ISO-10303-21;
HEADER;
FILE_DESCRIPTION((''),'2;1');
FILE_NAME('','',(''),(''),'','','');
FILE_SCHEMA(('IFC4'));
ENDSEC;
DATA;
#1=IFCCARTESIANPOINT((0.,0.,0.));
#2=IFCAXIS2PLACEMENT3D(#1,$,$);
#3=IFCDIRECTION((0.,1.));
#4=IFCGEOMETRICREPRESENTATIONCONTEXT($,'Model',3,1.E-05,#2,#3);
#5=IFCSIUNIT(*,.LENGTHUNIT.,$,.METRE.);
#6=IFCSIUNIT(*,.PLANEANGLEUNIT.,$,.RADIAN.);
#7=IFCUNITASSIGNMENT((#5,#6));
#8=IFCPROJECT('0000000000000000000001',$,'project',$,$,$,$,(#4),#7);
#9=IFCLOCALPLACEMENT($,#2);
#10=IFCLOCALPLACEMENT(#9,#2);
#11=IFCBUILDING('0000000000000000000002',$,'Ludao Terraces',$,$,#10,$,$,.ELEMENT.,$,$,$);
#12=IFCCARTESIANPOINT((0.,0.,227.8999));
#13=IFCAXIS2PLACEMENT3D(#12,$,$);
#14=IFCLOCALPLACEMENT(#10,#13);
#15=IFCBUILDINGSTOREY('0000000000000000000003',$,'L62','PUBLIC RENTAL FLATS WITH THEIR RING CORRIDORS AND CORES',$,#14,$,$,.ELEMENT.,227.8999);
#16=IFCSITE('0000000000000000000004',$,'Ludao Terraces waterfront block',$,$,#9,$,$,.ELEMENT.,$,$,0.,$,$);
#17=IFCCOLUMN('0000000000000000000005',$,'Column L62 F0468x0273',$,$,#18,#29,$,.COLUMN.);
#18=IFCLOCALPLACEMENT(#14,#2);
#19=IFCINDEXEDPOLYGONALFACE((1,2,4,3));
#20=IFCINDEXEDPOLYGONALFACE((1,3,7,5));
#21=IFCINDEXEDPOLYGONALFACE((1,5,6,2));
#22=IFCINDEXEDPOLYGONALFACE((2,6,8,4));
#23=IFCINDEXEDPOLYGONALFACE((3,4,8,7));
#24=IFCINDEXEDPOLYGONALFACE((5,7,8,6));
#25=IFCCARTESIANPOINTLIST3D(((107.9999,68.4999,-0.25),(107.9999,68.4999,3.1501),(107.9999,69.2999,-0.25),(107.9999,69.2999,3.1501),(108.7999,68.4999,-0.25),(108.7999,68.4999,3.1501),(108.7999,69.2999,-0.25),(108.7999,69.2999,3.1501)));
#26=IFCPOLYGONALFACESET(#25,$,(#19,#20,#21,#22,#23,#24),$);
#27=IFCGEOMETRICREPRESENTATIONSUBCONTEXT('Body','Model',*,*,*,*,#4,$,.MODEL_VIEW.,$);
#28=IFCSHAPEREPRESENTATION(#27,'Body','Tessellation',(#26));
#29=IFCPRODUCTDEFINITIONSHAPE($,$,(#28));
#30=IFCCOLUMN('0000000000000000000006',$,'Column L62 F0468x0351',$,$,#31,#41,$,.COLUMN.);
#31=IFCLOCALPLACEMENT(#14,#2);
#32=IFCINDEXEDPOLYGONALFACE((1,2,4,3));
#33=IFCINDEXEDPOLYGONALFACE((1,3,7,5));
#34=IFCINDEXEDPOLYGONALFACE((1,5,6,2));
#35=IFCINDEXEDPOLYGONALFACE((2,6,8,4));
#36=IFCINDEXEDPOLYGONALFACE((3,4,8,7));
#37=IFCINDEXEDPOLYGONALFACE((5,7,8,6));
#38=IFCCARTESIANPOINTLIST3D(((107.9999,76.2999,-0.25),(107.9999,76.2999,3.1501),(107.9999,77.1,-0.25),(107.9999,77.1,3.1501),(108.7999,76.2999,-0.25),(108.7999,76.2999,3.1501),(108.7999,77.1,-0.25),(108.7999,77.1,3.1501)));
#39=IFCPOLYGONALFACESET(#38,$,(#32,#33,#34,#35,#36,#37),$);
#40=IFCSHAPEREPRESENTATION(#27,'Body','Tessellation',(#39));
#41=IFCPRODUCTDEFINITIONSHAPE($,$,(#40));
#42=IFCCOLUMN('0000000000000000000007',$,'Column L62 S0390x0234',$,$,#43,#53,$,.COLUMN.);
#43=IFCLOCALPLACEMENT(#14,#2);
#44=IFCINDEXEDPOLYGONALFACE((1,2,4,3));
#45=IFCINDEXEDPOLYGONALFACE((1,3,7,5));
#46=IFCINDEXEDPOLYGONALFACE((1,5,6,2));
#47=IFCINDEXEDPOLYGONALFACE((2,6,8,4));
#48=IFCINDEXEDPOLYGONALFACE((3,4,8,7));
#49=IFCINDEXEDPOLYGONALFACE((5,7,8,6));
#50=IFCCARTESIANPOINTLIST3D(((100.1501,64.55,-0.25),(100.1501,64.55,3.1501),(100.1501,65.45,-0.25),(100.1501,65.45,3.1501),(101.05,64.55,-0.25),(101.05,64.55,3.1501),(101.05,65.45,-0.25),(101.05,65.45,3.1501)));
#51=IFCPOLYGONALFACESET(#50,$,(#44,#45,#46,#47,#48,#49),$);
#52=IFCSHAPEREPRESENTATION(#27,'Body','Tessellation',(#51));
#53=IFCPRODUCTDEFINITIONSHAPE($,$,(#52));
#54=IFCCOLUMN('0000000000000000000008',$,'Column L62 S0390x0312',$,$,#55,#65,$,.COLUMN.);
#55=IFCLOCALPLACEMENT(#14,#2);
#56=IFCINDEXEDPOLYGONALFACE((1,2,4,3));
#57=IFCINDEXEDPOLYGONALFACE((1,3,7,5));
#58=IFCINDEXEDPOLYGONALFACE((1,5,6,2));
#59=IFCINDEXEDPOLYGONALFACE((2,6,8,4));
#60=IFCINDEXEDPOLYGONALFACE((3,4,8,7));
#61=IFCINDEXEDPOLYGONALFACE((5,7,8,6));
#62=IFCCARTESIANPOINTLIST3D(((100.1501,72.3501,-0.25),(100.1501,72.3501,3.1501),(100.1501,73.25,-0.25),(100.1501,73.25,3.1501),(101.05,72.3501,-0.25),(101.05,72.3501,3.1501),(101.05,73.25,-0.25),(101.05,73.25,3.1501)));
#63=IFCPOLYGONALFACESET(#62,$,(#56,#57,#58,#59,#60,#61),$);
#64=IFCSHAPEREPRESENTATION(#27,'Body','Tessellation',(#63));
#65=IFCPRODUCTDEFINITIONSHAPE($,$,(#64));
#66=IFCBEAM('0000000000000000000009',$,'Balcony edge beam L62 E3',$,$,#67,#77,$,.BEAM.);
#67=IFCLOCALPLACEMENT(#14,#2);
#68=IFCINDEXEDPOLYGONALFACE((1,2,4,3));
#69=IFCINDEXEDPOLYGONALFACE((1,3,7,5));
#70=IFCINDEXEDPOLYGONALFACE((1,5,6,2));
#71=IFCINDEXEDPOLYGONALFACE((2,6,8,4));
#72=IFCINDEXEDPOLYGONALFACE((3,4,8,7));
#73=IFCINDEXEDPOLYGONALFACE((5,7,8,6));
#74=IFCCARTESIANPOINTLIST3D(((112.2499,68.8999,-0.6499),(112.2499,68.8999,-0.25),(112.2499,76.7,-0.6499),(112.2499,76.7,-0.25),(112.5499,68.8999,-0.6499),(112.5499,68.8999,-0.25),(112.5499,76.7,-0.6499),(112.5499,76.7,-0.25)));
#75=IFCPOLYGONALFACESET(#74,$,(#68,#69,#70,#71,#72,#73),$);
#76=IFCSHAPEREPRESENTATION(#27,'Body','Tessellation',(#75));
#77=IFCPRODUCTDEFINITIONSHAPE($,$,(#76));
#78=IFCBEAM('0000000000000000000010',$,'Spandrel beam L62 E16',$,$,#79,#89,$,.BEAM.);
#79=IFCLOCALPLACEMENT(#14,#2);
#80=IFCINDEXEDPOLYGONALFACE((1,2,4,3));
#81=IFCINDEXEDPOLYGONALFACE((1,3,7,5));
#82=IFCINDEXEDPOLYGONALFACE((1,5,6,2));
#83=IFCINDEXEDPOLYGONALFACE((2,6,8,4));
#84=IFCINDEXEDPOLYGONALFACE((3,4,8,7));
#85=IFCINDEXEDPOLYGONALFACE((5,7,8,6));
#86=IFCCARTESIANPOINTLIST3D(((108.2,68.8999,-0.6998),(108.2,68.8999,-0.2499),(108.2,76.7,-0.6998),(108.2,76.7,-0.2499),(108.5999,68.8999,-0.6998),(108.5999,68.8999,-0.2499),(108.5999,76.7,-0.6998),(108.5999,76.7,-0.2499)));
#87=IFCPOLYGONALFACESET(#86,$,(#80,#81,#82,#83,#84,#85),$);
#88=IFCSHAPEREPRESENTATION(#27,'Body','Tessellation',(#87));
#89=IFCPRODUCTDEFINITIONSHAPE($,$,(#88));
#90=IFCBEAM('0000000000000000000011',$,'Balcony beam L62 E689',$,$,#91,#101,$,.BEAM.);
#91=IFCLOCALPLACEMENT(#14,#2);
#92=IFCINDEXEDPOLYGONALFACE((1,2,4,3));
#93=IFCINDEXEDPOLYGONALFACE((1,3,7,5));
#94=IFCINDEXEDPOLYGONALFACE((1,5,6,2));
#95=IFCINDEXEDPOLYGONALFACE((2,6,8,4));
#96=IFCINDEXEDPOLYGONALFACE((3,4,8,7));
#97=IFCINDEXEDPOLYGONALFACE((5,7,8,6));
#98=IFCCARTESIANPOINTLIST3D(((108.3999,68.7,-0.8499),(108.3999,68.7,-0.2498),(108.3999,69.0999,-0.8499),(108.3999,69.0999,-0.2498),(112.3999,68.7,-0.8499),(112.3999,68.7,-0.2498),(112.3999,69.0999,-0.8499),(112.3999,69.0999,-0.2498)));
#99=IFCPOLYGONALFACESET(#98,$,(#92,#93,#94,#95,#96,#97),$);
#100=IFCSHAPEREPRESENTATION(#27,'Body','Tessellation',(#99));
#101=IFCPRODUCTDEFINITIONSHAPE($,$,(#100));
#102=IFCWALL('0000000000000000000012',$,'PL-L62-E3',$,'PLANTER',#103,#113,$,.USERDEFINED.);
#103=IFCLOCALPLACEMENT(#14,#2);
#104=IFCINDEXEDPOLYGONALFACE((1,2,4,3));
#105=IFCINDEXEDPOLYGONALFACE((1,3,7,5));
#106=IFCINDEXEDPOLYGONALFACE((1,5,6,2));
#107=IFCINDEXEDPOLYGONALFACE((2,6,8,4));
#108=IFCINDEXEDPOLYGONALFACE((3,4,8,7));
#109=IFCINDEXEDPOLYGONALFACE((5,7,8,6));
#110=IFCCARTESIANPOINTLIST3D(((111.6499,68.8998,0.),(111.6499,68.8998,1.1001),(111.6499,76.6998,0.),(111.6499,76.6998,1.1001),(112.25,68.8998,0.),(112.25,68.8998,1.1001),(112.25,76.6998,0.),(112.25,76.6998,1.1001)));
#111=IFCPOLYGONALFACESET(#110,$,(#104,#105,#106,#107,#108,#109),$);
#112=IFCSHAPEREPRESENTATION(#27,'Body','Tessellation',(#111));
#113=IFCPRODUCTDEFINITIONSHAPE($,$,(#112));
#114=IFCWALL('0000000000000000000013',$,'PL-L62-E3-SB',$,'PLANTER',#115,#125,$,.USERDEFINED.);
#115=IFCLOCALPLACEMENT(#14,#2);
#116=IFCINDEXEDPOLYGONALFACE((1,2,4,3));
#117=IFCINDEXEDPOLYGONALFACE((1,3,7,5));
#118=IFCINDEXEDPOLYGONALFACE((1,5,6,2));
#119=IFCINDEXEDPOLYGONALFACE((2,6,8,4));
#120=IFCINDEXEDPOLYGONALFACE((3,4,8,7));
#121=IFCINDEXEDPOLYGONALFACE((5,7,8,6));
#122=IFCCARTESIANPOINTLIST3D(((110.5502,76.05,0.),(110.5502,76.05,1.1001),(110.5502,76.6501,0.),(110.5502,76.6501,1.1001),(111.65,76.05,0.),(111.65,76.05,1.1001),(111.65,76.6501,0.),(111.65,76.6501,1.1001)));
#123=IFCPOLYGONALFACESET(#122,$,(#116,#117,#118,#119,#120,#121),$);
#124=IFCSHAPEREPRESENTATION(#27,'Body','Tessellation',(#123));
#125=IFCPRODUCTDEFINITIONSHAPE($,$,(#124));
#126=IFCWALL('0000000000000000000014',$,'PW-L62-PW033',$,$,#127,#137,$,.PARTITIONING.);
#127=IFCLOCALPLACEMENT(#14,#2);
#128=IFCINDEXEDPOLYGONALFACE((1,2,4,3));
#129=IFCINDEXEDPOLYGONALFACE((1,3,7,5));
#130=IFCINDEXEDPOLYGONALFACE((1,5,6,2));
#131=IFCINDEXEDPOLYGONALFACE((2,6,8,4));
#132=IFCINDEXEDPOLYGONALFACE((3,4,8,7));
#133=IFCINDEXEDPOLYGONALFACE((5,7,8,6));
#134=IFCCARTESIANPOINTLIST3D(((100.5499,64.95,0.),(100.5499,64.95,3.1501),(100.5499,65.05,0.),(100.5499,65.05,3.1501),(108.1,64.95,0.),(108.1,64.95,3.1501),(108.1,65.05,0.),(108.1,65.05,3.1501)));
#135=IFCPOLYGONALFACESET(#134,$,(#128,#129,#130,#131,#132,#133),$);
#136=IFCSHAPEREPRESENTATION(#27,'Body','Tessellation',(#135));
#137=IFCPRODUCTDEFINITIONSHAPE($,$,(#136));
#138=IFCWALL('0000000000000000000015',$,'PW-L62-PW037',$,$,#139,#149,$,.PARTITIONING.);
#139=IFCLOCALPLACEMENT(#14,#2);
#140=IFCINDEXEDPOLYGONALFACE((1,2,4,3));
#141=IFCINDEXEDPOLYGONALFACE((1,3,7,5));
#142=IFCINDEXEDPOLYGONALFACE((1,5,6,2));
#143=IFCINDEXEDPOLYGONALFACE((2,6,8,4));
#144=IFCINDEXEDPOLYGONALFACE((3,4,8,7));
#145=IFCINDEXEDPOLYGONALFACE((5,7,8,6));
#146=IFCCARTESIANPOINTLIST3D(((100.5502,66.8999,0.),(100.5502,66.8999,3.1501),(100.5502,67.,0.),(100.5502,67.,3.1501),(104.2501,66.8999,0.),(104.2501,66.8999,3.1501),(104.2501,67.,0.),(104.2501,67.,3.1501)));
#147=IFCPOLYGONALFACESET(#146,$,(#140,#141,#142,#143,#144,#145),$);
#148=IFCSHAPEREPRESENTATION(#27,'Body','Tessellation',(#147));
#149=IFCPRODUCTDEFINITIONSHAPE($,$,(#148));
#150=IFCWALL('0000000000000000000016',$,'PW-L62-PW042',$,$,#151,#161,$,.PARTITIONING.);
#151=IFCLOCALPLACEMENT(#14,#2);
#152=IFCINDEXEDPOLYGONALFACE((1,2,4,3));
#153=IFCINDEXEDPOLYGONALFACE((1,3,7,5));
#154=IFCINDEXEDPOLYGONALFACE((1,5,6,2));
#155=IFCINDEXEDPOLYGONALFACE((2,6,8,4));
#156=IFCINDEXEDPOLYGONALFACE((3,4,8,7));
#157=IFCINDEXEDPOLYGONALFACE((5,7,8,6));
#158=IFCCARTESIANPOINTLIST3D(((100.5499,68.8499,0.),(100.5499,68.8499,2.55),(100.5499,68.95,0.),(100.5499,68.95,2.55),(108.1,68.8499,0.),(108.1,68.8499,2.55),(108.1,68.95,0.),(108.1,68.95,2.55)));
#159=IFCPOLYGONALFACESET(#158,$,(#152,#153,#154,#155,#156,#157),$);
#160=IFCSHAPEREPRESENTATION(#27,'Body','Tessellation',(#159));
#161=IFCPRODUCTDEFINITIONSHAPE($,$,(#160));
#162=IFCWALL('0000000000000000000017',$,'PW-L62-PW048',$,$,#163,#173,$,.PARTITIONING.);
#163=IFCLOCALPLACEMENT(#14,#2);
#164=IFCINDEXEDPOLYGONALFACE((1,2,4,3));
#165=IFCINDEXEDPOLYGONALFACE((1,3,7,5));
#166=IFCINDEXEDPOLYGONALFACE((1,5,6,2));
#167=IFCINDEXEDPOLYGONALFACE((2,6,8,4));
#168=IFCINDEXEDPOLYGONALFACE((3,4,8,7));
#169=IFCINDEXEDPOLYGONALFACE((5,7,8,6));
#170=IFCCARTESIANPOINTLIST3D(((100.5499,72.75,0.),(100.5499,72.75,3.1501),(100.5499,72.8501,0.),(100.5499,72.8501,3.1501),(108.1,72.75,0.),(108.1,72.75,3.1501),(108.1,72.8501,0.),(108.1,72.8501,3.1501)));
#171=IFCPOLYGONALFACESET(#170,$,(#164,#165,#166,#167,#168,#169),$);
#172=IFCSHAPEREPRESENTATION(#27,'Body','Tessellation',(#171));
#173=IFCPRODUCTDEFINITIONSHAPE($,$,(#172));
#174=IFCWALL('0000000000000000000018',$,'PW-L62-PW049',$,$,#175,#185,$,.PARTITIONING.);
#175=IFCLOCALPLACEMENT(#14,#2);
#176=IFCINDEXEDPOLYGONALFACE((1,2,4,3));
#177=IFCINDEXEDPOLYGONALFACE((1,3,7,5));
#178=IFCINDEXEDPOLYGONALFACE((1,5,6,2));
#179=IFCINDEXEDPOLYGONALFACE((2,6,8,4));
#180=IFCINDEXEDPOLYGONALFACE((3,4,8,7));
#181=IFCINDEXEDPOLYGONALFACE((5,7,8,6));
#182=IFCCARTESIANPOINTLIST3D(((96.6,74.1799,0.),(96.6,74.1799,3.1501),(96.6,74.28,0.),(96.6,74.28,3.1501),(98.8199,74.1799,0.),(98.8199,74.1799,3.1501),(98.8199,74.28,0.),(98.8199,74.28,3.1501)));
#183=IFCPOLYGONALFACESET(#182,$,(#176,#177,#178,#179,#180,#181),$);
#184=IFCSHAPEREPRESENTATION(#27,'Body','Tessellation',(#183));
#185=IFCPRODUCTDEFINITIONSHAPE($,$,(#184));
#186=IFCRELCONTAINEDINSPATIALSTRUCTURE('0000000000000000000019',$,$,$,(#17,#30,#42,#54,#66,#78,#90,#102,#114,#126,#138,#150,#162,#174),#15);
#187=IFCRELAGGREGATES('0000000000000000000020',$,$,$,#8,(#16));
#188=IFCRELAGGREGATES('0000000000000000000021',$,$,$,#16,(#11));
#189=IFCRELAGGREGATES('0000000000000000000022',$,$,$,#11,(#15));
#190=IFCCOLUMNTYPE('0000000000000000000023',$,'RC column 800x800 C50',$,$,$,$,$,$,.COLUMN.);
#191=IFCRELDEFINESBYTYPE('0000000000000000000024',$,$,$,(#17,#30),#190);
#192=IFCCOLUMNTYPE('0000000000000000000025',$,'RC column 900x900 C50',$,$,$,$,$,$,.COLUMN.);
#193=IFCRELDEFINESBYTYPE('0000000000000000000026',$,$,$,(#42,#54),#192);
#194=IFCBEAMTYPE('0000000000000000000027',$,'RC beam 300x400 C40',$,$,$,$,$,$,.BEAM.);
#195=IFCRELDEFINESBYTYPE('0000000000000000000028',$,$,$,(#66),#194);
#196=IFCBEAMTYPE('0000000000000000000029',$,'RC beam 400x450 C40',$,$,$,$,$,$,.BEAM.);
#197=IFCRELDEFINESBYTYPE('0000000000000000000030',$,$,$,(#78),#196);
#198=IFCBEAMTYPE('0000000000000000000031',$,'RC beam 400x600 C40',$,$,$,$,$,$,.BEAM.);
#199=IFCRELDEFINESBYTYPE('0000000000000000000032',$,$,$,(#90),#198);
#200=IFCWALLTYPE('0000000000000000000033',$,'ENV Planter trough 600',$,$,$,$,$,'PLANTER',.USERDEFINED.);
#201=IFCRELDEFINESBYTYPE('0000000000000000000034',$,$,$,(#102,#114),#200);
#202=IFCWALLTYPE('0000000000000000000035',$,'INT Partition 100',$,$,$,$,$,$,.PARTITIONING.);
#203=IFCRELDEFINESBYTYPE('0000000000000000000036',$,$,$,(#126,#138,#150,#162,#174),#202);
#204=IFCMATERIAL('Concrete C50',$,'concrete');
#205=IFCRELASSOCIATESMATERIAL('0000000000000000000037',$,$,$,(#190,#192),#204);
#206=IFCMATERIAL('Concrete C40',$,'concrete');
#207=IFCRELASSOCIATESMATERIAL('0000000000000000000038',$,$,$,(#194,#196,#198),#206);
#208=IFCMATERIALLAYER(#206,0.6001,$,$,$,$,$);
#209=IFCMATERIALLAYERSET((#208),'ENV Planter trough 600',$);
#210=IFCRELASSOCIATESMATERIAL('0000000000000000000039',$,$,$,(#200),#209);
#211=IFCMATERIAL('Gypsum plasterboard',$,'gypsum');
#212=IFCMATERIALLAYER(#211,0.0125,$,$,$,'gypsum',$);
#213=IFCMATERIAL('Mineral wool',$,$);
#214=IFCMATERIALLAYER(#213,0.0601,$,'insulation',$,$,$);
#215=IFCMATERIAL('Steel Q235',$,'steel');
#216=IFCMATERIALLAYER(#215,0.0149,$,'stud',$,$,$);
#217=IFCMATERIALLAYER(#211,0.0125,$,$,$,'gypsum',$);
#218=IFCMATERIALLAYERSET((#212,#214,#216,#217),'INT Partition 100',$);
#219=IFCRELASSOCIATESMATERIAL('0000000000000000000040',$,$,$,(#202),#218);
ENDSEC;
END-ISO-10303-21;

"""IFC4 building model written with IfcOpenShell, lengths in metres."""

from ifc_helpers import new_model, si_unit, direction, frame, frame_2d, origin, origin_2d, place, context, subcontext, project, spatial, rectangle, extrude, material, layer, layer_set, material_profile, profile_set, type_object, element, save


model = new_model("IFC4")

# Units and contexts
model_context = context("Model", 3, precision=1e-05, world=origin(), true_north=direction((0.0, 1.0)))
body_context = subcontext(model_context, "Body", "Model", "MODEL_VIEW")
ifc_project = project(units=[si_unit("LENGTHUNIT", "METRE"), si_unit("PLANEANGLEUNIT", "RADIAN")], contexts=[model_context])

# Site, building, storey
site_placement = place(None, origin())
site = spatial("IfcSite", under=ifc_project, at=site_placement, Name="Ludao Terraces waterfront block", CompositionType="ELEMENT", RefElevation=0.0)
building_placement = place(site_placement, origin())
building = spatial("IfcBuilding", under=site, at=building_placement, Name="Ludao Terraces", CompositionType="ELEMENT")
storey_placement = place(building_placement, frame((0.0, 0.0, 227.8999)))
storey = spatial("IfcBuildingStorey", under=building, at=storey_placement, Name="L62", Description="PUBLIC RENTAL FLATS WITH THEIR RING CORRIDORS AND CORES", CompositionType="ELEMENT", Elevation=227.8999)

# Columns
ifc_material_1 = material(Name="Concrete C50", Category="concrete")
ifc_material_profile_1 = material_profile(ifc_material_1, rectangle(XDim=0.8, YDim=0.8, at=origin_2d()), Name="800 X 800")
ifc_profile_set_1 = profile_set([ifc_material_profile_1], Name="Concrete C50")
column_type_1 = type_object("IfcColumnType", Name="RC column 800x800 C50", PredefinedType="COLUMN", material=ifc_profile_set_1)
for number, where, z_axis, x_axis, name in (
    (1, (108.3999, 68.8999, -0.25), (0.0, 0.0, 1.0), (1.0, 0.0, 0.0), "Column L62 F0468x0273"),
    (2, (108.3999, 76.7, -0.25), (0.0, 0.0, 1.0), (1.0, 0.0, 0.0), "Column L62 F0468x0351"),
):
    element("IfcColumn", number, at=place(storey_placement, frame(where, z_axis=z_axis, x_axis=x_axis)), inside=storey, type_object=column_type_1, Name=name, PredefinedType="COLUMN", context=body_context, shape_type="SweptSolid", body=[
        extrude(rectangle(XDim=0.8, YDim=0.8, at=origin_2d()), origin(), (0.0, 0.0, 1.0), 3.4001),
    ])
ifc_material_profile_2 = material_profile(ifc_material_1, rectangle(XDim=0.8999, YDim=0.8999, at=origin_2d()), Name="900 X 900")
ifc_profile_set_2 = profile_set([ifc_material_profile_2], Name="Concrete C50")
column_type_2 = type_object("IfcColumnType", Name="RC column 900x900 C50", PredefinedType="COLUMN", material=ifc_profile_set_2)
for number, where, z_axis, x_axis, name in (
    (3, (100.6001, 65.0, -0.25), (0.0, 0.0, 1.0), (1.0, 0.0, 0.0), "Column L62 S0390x0234"),
    (4, (100.6001, 72.8, -0.25), (0.0, 0.0, 1.0), (1.0, 0.0, 0.0), "Column L62 S0390x0312"),
):
    element("IfcColumn", number, at=place(storey_placement, frame(where, z_axis=z_axis, x_axis=x_axis)), inside=storey, type_object=column_type_2, Name=name, PredefinedType="COLUMN", context=body_context, shape_type="SweptSolid", body=[
        extrude(rectangle(XDim=0.8999, YDim=0.8999, at=origin_2d()), origin(), (0.0, 0.0, 1.0), 3.4001),
    ])

# Beams
ifc_material_2 = material(Name="Concrete C40", Category="concrete")
ifc_material_profile_3 = material_profile(ifc_material_2, rectangle(XDim=0.3, YDim=0.3999, at=origin_2d()), Name="300 X 400")
ifc_profile_set_3 = profile_set([ifc_material_profile_3], Name="Concrete C40")
beam_type_1 = type_object("IfcBeamType", Name="RC beam 300x400 C40", PredefinedType="BEAM", material=ifc_profile_set_3)
beam_1_placement = place(storey_placement, frame((112.3999, 68.8999, -0.45), z_axis=(0.0, 1.0, 0.0), x_axis=(-1.0, 0.0, 0.0)))
element("IfcBeam", 5, at=beam_1_placement, inside=storey, type_object=beam_type_1, Name="Balcony edge beam L62 E3", PredefinedType="BEAM", context=body_context, shape_type="SweptSolid", body=[
    extrude(rectangle(XDim=0.3, YDim=0.3999, at=origin_2d()), origin(), (0.0, 0.0, 1.0), 7.8),
])
ifc_material_profile_4 = material_profile(ifc_material_2, rectangle(XDim=0.3999, YDim=0.45, at=origin_2d()), Name="400 X 450")
ifc_profile_set_4 = profile_set([ifc_material_profile_4], Name="Concrete C40")
beam_type_2 = type_object("IfcBeamType", Name="RC beam 400x450 C40", PredefinedType="BEAM", material=ifc_profile_set_4)
beam_2_placement = place(storey_placement, frame((108.3999, 68.8999, -0.4749), z_axis=(0.0, 1.0, 0.0), x_axis=(-1.0, 0.0, 0.0)))
element("IfcBeam", 6, at=beam_2_placement, inside=storey, type_object=beam_type_2, Name="Spandrel beam L62 E16", PredefinedType="BEAM", context=body_context, shape_type="SweptSolid", body=[
    extrude(rectangle(XDim=0.3999, YDim=0.45, at=origin_2d()), origin(), (0.0, 0.0, 1.0), 7.8),
])
ifc_material_profile_5 = material_profile(ifc_material_2, rectangle(XDim=0.3999, YDim=0.6001, at=origin_2d()), Name="400 X 600")
ifc_profile_set_5 = profile_set([ifc_material_profile_5], Name="Concrete C40")
beam_type_3 = type_object("IfcBeamType", Name="RC beam 400x600 C40", PredefinedType="BEAM", material=ifc_profile_set_5)
beam_3_placement = place(storey_placement, frame((108.3999, 68.8999, -0.5498), z_axis=(1.0, 0.0, 0.0), x_axis=(0.0, 1.0, 0.0)))
element("IfcBeam", 7, at=beam_3_placement, inside=storey, type_object=beam_type_3, Name="Balcony beam L62 E689", PredefinedType="BEAM", context=body_context, shape_type="SweptSolid", body=[
    extrude(rectangle(XDim=0.3999, YDim=0.6001, at=origin_2d()), origin(), (0.0, 0.0, 1.0), 4.0),
])

# Walls
ifc_layer_1 = layer(ifc_material_2, 0.6001)
ifc_layer_set_1 = layer_set([ifc_layer_1], Name="ENV Planter trough 600")
wall_type_1 = type_object("IfcWallType", Name="ENV Planter trough 600", ElementType="PLANTER", PredefinedType="USERDEFINED", material=ifc_layer_set_1)
wall_1_placement = place(storey_placement, frame((111.95, 68.8999, 0.0), z_axis=(0.0, 0.0, 1.0), x_axis=(0.0, 1.0, 0.0)))
element("IfcWall", 8, at=wall_1_placement, inside=storey, type_object=wall_type_1, Name="PL-L62-E3", ObjectType="PLANTER", PredefinedType="USERDEFINED", context=body_context, shape_type="SweptSolid", body=[
    extrude(rectangle(XDim=7.8, YDim=0.6001, at=frame_2d((3.8999, 0.0))), origin(), (0.0, 0.0, 1.0), 1.1001),
])
wall_2_placement = place(storey_placement, frame((111.6499, 76.3501, 0.0), z_axis=(0.0, 0.0, 1.0), x_axis=(-1.0, 0.0, 0.0)))
element("IfcWall", 9, at=wall_2_placement, inside=storey, type_object=wall_type_1, Name="PL-L62-E3-SB", ObjectType="PLANTER", PredefinedType="USERDEFINED", context=body_context, shape_type="SweptSolid", body=[
    extrude(rectangle(XDim=1.0999, YDim=0.6001, at=frame_2d((0.5498, 0.0))), origin(), (0.0, 0.0, 1.0), 1.1001),
])

# Shared definitions
ifc_material_3 = material(Name="Mineral wool")

# Walls
ifc_material_4 = material(Name="Gypsum plasterboard", Category="gypsum")
ifc_layer_2 = layer(ifc_material_4, 0.0125, Category="gypsum")
ifc_layer_3 = layer(ifc_material_3, 0.0601, Name="insulation")
ifc_material_5 = material(Name="Steel Q235", Category="steel")
ifc_layer_4 = layer(ifc_material_5, 0.0149, Name="stud")
ifc_layer_5 = layer(ifc_material_4, 0.0125, Category="gypsum")
ifc_layer_set_2 = layer_set([ifc_layer_2, ifc_layer_3, ifc_layer_4, ifc_layer_5], Name="INT Partition 100")
wall_type_2 = type_object("IfcWallType", Name="INT Partition 100", PredefinedType="PARTITIONING", material=ifc_layer_set_2)
wall_3_placement = place(storey_placement, frame((100.55, 65.0, 0.0), z_axis=(0.0, 0.0, 1.0), x_axis=(1.0, 0.0, 0.0)))
element("IfcWall", 10, at=wall_3_placement, inside=storey, type_object=wall_type_2, Name="PW-L62-PW033", PredefinedType="PARTITIONING", context=body_context, shape_type="SweptSolid", body=[
    extrude(rectangle(XDim=7.55, YDim=0.1001, at=frame_2d((3.7749, 0.0))), origin(), (0.0, 0.0, 1.0), 3.1501),
])
wall_4_placement = place(storey_placement, frame((100.55, 66.95, 0.0), z_axis=(0.0, 0.0, 1.0), x_axis=(1.0, 0.0, 0.0)))
element("IfcWall", 11, at=wall_4_placement, inside=storey, type_object=wall_type_2, Name="PW-L62-PW037", PredefinedType="PARTITIONING", context=body_context, shape_type="SweptSolid", body=[
    extrude(rectangle(XDim=3.7, YDim=0.1001, at=frame_2d((1.8501, 0.0))), origin(), (0.0, 0.0, 1.0), 3.1501),
])
wall_5_placement = place(storey_placement, frame((100.55, 68.8999, 0.0), z_axis=(0.0, 0.0, 1.0), x_axis=(1.0, 0.0, 0.0)))
element("IfcWall", 12, at=wall_5_placement, inside=storey, type_object=wall_type_2, Name="PW-L62-PW042", PredefinedType="PARTITIONING", context=body_context, shape_type="SweptSolid", body=[
    extrude(rectangle(XDim=7.55, YDim=0.1001, at=frame_2d((3.7749, 0.0))), origin(), (0.0, 0.0, 1.0), 2.55),
])
wall_6_placement = place(storey_placement, frame((100.55, 72.8, 0.0), z_axis=(0.0, 0.0, 1.0), x_axis=(1.0, 0.0, 0.0)))
element("IfcWall", 13, at=wall_6_placement, inside=storey, type_object=wall_type_2, Name="PW-L62-PW048", PredefinedType="PARTITIONING", context=body_context, shape_type="SweptSolid", body=[
    extrude(rectangle(XDim=7.55, YDim=0.1001, at=frame_2d((3.7749, 0.0))), origin(), (0.0, 0.0, 1.0), 3.1501),
])
wall_7_placement = place(storey_placement, frame((96.6001, 74.23, 0.0), z_axis=(0.0, 0.0, 1.0), x_axis=(1.0, 0.0, 0.0)))
element("IfcWall", 14, at=wall_7_placement, inside=storey, type_object=wall_type_2, Name="PW-L62-PW049", PredefinedType="PARTITIONING", context=body_context, shape_type="SweptSolid", body=[
    extrude(rectangle(XDim=2.22, YDim=0.1001, at=frame_2d((1.1099, 0.0))), origin(), (0.0, 0.0, 1.0), 3.1501),
])

save(model, "model.ifc")
